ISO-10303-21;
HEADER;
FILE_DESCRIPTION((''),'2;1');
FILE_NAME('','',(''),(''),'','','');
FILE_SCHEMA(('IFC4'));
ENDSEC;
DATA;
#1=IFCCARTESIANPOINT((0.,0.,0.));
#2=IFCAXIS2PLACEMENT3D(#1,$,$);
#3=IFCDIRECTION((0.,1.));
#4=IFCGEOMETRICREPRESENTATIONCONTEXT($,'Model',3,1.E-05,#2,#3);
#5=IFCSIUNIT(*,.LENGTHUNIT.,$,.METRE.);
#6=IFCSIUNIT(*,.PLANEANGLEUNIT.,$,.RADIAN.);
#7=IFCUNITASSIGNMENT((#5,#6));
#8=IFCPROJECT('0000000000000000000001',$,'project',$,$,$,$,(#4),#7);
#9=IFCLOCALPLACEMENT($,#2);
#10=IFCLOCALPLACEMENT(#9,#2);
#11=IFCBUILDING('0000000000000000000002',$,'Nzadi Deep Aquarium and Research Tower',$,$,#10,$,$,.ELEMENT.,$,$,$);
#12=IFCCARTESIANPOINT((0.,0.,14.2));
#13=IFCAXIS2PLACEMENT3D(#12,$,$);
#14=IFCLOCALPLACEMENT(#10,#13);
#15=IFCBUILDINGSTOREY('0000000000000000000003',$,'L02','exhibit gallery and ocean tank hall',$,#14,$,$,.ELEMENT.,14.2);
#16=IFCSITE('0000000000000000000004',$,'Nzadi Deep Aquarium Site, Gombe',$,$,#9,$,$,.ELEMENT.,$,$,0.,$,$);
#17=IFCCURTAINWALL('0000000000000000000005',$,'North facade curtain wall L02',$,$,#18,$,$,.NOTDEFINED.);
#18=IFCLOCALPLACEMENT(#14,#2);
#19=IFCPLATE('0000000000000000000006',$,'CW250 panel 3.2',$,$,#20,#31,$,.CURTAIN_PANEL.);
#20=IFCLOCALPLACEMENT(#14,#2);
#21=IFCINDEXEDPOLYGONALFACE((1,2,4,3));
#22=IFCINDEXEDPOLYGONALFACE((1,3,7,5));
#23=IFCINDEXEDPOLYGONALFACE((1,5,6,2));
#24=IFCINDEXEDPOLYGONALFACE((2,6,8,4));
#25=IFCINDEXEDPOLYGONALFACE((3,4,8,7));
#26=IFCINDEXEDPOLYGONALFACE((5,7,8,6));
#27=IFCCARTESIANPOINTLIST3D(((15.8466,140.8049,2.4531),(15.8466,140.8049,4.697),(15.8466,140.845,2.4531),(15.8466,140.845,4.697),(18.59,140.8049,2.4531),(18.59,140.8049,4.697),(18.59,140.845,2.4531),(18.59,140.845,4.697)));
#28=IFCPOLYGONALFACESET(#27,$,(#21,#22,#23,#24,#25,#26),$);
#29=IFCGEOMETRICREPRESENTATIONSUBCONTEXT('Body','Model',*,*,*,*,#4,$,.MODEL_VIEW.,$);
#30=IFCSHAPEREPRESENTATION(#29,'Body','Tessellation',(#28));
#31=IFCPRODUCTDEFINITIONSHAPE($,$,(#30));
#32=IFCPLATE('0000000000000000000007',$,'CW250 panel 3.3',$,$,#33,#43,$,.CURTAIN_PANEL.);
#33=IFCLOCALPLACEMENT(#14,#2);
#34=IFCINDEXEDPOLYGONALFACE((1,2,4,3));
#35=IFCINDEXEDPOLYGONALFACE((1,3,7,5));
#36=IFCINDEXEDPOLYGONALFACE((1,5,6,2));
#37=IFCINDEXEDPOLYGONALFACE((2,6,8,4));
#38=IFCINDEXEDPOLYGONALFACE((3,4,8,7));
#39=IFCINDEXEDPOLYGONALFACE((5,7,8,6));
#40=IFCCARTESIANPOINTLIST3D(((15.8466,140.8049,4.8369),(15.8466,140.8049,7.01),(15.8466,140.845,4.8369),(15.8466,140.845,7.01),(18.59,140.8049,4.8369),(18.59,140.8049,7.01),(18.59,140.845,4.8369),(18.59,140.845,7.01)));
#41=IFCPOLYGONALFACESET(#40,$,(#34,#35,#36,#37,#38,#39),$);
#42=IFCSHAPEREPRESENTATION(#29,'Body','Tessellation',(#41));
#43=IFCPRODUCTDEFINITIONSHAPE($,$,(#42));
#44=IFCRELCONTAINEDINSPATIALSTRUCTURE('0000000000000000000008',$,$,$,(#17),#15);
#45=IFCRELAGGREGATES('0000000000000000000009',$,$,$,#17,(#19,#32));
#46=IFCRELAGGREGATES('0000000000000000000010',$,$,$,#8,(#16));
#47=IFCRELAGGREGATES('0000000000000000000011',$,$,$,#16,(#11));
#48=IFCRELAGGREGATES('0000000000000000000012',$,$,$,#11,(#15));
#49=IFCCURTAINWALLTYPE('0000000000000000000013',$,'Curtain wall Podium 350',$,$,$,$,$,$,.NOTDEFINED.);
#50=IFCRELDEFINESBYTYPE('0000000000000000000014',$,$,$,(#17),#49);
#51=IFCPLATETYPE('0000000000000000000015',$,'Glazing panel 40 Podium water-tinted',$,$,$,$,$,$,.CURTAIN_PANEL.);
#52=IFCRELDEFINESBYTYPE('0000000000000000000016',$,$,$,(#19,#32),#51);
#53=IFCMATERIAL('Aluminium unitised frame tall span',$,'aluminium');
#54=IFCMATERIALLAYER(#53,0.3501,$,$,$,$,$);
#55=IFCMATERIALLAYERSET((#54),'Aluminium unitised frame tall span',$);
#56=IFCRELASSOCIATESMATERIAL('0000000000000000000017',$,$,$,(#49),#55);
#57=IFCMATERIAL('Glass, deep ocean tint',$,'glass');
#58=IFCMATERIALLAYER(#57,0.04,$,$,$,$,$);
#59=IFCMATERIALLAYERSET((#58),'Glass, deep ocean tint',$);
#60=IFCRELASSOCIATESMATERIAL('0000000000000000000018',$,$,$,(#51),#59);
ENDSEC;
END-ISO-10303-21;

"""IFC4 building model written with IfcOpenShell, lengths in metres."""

from ifc_helpers import new_model, si_unit, direction, frame, origin, origin_2d, place, context, subcontext, project, spatial, rectangle, extrude, material, layer, layer_set, type_object, element, aggregate, save


model = new_model("IFC4")

# Units and contexts
model_context = context("Model", 3, precision=1e-05, world=origin(), true_north=direction((0.0, 1.0)))
body_context = subcontext(model_context, "Body", "Model", "MODEL_VIEW")
ifc_project = project(units=[si_unit("LENGTHUNIT", "METRE"), si_unit("PLANEANGLEUNIT", "RADIAN")], contexts=[model_context])

# Site, building, storey
site_placement = place(None, origin())
site = spatial("IfcSite", under=ifc_project, at=site_placement, Name="Nzadi Deep Aquarium Site, Gombe", CompositionType="ELEMENT", RefElevation=0.0)
building_placement = place(site_placement, origin())
building = spatial("IfcBuilding", under=site, at=building_placement, Name="Nzadi Deep Aquarium and Research Tower", CompositionType="ELEMENT")
storey_placement = place(building_placement, frame((0.0, 0.0, 14.2)))
storey = spatial("IfcBuildingStorey", under=building, at=storey_placement, Name="L02", Description="exhibit gallery and ocean tank hall", CompositionType="ELEMENT", Elevation=14.2)

# Curtain wall
ifc_material_1 = material(Name="Aluminium unitised frame tall span", Category="aluminium")
ifc_layer_1 = layer(ifc_material_1, 0.3501)
ifc_layer_set_1 = layer_set([ifc_layer_1], Name="Aluminium unitised frame tall span")
curtain_wall_type = type_object("IfcCurtainWallType", Name="Curtain wall Podium 350", PredefinedType="NOTDEFINED", material=ifc_layer_set_1)
curtain_wall_1_placement = place(storey_placement, origin())
curtain_wall_1 = element("IfcCurtainWall", 1, at=curtain_wall_1_placement, inside=storey, type_object=curtain_wall_type, Name="North facade curtain wall L02", PredefinedType="NOTDEFINED")

# Plates
ifc_material_2 = material(Name="Glass, deep ocean tint", Category="glass")
ifc_layer_2 = layer(ifc_material_2, 0.04)
ifc_layer_set_2 = layer_set([ifc_layer_2], Name="Glass, deep ocean tint")
plate_type = type_object("IfcPlateType", Name="Glazing panel 40 Podium water-tinted", PredefinedType="CURTAIN_PANEL", material=ifc_layer_set_2)
plate_1_placement = place(storey_placement, frame((17.2183, 140.825, 2.4531), z_axis=(0.0, 0.0, 1.0), x_axis=(1.0, 0.0, 0.0)))
plate_1 = element("IfcPlate", 2, at=plate_1_placement, type_object=plate_type, Name="CW250 panel 3.2", PredefinedType="CURTAIN_PANEL", context=body_context, shape_type="SweptSolid", body=[
    extrude(rectangle(XDim=2.7434, YDim=0.04, at=origin_2d()), origin(), (0.0, 0.0, 1.0), 2.2439),
])
plate_2_placement = place(storey_placement, frame((17.2183, 140.825, 4.8369), z_axis=(0.0, 0.0, 1.0), x_axis=(1.0, 0.0, 0.0)))
plate_2 = element("IfcPlate", 3, at=plate_2_placement, type_object=plate_type, Name="CW250 panel 3.3", PredefinedType="CURTAIN_PANEL", context=body_context, shape_type="SweptSolid", body=[
    extrude(rectangle(XDim=2.7434, YDim=0.04, at=origin_2d()), origin(), (0.0, 0.0, 1.0), 2.1731),
])
aggregate(curtain_wall_1, [plate_1, plate_2])

save(model, "model.ifc")
